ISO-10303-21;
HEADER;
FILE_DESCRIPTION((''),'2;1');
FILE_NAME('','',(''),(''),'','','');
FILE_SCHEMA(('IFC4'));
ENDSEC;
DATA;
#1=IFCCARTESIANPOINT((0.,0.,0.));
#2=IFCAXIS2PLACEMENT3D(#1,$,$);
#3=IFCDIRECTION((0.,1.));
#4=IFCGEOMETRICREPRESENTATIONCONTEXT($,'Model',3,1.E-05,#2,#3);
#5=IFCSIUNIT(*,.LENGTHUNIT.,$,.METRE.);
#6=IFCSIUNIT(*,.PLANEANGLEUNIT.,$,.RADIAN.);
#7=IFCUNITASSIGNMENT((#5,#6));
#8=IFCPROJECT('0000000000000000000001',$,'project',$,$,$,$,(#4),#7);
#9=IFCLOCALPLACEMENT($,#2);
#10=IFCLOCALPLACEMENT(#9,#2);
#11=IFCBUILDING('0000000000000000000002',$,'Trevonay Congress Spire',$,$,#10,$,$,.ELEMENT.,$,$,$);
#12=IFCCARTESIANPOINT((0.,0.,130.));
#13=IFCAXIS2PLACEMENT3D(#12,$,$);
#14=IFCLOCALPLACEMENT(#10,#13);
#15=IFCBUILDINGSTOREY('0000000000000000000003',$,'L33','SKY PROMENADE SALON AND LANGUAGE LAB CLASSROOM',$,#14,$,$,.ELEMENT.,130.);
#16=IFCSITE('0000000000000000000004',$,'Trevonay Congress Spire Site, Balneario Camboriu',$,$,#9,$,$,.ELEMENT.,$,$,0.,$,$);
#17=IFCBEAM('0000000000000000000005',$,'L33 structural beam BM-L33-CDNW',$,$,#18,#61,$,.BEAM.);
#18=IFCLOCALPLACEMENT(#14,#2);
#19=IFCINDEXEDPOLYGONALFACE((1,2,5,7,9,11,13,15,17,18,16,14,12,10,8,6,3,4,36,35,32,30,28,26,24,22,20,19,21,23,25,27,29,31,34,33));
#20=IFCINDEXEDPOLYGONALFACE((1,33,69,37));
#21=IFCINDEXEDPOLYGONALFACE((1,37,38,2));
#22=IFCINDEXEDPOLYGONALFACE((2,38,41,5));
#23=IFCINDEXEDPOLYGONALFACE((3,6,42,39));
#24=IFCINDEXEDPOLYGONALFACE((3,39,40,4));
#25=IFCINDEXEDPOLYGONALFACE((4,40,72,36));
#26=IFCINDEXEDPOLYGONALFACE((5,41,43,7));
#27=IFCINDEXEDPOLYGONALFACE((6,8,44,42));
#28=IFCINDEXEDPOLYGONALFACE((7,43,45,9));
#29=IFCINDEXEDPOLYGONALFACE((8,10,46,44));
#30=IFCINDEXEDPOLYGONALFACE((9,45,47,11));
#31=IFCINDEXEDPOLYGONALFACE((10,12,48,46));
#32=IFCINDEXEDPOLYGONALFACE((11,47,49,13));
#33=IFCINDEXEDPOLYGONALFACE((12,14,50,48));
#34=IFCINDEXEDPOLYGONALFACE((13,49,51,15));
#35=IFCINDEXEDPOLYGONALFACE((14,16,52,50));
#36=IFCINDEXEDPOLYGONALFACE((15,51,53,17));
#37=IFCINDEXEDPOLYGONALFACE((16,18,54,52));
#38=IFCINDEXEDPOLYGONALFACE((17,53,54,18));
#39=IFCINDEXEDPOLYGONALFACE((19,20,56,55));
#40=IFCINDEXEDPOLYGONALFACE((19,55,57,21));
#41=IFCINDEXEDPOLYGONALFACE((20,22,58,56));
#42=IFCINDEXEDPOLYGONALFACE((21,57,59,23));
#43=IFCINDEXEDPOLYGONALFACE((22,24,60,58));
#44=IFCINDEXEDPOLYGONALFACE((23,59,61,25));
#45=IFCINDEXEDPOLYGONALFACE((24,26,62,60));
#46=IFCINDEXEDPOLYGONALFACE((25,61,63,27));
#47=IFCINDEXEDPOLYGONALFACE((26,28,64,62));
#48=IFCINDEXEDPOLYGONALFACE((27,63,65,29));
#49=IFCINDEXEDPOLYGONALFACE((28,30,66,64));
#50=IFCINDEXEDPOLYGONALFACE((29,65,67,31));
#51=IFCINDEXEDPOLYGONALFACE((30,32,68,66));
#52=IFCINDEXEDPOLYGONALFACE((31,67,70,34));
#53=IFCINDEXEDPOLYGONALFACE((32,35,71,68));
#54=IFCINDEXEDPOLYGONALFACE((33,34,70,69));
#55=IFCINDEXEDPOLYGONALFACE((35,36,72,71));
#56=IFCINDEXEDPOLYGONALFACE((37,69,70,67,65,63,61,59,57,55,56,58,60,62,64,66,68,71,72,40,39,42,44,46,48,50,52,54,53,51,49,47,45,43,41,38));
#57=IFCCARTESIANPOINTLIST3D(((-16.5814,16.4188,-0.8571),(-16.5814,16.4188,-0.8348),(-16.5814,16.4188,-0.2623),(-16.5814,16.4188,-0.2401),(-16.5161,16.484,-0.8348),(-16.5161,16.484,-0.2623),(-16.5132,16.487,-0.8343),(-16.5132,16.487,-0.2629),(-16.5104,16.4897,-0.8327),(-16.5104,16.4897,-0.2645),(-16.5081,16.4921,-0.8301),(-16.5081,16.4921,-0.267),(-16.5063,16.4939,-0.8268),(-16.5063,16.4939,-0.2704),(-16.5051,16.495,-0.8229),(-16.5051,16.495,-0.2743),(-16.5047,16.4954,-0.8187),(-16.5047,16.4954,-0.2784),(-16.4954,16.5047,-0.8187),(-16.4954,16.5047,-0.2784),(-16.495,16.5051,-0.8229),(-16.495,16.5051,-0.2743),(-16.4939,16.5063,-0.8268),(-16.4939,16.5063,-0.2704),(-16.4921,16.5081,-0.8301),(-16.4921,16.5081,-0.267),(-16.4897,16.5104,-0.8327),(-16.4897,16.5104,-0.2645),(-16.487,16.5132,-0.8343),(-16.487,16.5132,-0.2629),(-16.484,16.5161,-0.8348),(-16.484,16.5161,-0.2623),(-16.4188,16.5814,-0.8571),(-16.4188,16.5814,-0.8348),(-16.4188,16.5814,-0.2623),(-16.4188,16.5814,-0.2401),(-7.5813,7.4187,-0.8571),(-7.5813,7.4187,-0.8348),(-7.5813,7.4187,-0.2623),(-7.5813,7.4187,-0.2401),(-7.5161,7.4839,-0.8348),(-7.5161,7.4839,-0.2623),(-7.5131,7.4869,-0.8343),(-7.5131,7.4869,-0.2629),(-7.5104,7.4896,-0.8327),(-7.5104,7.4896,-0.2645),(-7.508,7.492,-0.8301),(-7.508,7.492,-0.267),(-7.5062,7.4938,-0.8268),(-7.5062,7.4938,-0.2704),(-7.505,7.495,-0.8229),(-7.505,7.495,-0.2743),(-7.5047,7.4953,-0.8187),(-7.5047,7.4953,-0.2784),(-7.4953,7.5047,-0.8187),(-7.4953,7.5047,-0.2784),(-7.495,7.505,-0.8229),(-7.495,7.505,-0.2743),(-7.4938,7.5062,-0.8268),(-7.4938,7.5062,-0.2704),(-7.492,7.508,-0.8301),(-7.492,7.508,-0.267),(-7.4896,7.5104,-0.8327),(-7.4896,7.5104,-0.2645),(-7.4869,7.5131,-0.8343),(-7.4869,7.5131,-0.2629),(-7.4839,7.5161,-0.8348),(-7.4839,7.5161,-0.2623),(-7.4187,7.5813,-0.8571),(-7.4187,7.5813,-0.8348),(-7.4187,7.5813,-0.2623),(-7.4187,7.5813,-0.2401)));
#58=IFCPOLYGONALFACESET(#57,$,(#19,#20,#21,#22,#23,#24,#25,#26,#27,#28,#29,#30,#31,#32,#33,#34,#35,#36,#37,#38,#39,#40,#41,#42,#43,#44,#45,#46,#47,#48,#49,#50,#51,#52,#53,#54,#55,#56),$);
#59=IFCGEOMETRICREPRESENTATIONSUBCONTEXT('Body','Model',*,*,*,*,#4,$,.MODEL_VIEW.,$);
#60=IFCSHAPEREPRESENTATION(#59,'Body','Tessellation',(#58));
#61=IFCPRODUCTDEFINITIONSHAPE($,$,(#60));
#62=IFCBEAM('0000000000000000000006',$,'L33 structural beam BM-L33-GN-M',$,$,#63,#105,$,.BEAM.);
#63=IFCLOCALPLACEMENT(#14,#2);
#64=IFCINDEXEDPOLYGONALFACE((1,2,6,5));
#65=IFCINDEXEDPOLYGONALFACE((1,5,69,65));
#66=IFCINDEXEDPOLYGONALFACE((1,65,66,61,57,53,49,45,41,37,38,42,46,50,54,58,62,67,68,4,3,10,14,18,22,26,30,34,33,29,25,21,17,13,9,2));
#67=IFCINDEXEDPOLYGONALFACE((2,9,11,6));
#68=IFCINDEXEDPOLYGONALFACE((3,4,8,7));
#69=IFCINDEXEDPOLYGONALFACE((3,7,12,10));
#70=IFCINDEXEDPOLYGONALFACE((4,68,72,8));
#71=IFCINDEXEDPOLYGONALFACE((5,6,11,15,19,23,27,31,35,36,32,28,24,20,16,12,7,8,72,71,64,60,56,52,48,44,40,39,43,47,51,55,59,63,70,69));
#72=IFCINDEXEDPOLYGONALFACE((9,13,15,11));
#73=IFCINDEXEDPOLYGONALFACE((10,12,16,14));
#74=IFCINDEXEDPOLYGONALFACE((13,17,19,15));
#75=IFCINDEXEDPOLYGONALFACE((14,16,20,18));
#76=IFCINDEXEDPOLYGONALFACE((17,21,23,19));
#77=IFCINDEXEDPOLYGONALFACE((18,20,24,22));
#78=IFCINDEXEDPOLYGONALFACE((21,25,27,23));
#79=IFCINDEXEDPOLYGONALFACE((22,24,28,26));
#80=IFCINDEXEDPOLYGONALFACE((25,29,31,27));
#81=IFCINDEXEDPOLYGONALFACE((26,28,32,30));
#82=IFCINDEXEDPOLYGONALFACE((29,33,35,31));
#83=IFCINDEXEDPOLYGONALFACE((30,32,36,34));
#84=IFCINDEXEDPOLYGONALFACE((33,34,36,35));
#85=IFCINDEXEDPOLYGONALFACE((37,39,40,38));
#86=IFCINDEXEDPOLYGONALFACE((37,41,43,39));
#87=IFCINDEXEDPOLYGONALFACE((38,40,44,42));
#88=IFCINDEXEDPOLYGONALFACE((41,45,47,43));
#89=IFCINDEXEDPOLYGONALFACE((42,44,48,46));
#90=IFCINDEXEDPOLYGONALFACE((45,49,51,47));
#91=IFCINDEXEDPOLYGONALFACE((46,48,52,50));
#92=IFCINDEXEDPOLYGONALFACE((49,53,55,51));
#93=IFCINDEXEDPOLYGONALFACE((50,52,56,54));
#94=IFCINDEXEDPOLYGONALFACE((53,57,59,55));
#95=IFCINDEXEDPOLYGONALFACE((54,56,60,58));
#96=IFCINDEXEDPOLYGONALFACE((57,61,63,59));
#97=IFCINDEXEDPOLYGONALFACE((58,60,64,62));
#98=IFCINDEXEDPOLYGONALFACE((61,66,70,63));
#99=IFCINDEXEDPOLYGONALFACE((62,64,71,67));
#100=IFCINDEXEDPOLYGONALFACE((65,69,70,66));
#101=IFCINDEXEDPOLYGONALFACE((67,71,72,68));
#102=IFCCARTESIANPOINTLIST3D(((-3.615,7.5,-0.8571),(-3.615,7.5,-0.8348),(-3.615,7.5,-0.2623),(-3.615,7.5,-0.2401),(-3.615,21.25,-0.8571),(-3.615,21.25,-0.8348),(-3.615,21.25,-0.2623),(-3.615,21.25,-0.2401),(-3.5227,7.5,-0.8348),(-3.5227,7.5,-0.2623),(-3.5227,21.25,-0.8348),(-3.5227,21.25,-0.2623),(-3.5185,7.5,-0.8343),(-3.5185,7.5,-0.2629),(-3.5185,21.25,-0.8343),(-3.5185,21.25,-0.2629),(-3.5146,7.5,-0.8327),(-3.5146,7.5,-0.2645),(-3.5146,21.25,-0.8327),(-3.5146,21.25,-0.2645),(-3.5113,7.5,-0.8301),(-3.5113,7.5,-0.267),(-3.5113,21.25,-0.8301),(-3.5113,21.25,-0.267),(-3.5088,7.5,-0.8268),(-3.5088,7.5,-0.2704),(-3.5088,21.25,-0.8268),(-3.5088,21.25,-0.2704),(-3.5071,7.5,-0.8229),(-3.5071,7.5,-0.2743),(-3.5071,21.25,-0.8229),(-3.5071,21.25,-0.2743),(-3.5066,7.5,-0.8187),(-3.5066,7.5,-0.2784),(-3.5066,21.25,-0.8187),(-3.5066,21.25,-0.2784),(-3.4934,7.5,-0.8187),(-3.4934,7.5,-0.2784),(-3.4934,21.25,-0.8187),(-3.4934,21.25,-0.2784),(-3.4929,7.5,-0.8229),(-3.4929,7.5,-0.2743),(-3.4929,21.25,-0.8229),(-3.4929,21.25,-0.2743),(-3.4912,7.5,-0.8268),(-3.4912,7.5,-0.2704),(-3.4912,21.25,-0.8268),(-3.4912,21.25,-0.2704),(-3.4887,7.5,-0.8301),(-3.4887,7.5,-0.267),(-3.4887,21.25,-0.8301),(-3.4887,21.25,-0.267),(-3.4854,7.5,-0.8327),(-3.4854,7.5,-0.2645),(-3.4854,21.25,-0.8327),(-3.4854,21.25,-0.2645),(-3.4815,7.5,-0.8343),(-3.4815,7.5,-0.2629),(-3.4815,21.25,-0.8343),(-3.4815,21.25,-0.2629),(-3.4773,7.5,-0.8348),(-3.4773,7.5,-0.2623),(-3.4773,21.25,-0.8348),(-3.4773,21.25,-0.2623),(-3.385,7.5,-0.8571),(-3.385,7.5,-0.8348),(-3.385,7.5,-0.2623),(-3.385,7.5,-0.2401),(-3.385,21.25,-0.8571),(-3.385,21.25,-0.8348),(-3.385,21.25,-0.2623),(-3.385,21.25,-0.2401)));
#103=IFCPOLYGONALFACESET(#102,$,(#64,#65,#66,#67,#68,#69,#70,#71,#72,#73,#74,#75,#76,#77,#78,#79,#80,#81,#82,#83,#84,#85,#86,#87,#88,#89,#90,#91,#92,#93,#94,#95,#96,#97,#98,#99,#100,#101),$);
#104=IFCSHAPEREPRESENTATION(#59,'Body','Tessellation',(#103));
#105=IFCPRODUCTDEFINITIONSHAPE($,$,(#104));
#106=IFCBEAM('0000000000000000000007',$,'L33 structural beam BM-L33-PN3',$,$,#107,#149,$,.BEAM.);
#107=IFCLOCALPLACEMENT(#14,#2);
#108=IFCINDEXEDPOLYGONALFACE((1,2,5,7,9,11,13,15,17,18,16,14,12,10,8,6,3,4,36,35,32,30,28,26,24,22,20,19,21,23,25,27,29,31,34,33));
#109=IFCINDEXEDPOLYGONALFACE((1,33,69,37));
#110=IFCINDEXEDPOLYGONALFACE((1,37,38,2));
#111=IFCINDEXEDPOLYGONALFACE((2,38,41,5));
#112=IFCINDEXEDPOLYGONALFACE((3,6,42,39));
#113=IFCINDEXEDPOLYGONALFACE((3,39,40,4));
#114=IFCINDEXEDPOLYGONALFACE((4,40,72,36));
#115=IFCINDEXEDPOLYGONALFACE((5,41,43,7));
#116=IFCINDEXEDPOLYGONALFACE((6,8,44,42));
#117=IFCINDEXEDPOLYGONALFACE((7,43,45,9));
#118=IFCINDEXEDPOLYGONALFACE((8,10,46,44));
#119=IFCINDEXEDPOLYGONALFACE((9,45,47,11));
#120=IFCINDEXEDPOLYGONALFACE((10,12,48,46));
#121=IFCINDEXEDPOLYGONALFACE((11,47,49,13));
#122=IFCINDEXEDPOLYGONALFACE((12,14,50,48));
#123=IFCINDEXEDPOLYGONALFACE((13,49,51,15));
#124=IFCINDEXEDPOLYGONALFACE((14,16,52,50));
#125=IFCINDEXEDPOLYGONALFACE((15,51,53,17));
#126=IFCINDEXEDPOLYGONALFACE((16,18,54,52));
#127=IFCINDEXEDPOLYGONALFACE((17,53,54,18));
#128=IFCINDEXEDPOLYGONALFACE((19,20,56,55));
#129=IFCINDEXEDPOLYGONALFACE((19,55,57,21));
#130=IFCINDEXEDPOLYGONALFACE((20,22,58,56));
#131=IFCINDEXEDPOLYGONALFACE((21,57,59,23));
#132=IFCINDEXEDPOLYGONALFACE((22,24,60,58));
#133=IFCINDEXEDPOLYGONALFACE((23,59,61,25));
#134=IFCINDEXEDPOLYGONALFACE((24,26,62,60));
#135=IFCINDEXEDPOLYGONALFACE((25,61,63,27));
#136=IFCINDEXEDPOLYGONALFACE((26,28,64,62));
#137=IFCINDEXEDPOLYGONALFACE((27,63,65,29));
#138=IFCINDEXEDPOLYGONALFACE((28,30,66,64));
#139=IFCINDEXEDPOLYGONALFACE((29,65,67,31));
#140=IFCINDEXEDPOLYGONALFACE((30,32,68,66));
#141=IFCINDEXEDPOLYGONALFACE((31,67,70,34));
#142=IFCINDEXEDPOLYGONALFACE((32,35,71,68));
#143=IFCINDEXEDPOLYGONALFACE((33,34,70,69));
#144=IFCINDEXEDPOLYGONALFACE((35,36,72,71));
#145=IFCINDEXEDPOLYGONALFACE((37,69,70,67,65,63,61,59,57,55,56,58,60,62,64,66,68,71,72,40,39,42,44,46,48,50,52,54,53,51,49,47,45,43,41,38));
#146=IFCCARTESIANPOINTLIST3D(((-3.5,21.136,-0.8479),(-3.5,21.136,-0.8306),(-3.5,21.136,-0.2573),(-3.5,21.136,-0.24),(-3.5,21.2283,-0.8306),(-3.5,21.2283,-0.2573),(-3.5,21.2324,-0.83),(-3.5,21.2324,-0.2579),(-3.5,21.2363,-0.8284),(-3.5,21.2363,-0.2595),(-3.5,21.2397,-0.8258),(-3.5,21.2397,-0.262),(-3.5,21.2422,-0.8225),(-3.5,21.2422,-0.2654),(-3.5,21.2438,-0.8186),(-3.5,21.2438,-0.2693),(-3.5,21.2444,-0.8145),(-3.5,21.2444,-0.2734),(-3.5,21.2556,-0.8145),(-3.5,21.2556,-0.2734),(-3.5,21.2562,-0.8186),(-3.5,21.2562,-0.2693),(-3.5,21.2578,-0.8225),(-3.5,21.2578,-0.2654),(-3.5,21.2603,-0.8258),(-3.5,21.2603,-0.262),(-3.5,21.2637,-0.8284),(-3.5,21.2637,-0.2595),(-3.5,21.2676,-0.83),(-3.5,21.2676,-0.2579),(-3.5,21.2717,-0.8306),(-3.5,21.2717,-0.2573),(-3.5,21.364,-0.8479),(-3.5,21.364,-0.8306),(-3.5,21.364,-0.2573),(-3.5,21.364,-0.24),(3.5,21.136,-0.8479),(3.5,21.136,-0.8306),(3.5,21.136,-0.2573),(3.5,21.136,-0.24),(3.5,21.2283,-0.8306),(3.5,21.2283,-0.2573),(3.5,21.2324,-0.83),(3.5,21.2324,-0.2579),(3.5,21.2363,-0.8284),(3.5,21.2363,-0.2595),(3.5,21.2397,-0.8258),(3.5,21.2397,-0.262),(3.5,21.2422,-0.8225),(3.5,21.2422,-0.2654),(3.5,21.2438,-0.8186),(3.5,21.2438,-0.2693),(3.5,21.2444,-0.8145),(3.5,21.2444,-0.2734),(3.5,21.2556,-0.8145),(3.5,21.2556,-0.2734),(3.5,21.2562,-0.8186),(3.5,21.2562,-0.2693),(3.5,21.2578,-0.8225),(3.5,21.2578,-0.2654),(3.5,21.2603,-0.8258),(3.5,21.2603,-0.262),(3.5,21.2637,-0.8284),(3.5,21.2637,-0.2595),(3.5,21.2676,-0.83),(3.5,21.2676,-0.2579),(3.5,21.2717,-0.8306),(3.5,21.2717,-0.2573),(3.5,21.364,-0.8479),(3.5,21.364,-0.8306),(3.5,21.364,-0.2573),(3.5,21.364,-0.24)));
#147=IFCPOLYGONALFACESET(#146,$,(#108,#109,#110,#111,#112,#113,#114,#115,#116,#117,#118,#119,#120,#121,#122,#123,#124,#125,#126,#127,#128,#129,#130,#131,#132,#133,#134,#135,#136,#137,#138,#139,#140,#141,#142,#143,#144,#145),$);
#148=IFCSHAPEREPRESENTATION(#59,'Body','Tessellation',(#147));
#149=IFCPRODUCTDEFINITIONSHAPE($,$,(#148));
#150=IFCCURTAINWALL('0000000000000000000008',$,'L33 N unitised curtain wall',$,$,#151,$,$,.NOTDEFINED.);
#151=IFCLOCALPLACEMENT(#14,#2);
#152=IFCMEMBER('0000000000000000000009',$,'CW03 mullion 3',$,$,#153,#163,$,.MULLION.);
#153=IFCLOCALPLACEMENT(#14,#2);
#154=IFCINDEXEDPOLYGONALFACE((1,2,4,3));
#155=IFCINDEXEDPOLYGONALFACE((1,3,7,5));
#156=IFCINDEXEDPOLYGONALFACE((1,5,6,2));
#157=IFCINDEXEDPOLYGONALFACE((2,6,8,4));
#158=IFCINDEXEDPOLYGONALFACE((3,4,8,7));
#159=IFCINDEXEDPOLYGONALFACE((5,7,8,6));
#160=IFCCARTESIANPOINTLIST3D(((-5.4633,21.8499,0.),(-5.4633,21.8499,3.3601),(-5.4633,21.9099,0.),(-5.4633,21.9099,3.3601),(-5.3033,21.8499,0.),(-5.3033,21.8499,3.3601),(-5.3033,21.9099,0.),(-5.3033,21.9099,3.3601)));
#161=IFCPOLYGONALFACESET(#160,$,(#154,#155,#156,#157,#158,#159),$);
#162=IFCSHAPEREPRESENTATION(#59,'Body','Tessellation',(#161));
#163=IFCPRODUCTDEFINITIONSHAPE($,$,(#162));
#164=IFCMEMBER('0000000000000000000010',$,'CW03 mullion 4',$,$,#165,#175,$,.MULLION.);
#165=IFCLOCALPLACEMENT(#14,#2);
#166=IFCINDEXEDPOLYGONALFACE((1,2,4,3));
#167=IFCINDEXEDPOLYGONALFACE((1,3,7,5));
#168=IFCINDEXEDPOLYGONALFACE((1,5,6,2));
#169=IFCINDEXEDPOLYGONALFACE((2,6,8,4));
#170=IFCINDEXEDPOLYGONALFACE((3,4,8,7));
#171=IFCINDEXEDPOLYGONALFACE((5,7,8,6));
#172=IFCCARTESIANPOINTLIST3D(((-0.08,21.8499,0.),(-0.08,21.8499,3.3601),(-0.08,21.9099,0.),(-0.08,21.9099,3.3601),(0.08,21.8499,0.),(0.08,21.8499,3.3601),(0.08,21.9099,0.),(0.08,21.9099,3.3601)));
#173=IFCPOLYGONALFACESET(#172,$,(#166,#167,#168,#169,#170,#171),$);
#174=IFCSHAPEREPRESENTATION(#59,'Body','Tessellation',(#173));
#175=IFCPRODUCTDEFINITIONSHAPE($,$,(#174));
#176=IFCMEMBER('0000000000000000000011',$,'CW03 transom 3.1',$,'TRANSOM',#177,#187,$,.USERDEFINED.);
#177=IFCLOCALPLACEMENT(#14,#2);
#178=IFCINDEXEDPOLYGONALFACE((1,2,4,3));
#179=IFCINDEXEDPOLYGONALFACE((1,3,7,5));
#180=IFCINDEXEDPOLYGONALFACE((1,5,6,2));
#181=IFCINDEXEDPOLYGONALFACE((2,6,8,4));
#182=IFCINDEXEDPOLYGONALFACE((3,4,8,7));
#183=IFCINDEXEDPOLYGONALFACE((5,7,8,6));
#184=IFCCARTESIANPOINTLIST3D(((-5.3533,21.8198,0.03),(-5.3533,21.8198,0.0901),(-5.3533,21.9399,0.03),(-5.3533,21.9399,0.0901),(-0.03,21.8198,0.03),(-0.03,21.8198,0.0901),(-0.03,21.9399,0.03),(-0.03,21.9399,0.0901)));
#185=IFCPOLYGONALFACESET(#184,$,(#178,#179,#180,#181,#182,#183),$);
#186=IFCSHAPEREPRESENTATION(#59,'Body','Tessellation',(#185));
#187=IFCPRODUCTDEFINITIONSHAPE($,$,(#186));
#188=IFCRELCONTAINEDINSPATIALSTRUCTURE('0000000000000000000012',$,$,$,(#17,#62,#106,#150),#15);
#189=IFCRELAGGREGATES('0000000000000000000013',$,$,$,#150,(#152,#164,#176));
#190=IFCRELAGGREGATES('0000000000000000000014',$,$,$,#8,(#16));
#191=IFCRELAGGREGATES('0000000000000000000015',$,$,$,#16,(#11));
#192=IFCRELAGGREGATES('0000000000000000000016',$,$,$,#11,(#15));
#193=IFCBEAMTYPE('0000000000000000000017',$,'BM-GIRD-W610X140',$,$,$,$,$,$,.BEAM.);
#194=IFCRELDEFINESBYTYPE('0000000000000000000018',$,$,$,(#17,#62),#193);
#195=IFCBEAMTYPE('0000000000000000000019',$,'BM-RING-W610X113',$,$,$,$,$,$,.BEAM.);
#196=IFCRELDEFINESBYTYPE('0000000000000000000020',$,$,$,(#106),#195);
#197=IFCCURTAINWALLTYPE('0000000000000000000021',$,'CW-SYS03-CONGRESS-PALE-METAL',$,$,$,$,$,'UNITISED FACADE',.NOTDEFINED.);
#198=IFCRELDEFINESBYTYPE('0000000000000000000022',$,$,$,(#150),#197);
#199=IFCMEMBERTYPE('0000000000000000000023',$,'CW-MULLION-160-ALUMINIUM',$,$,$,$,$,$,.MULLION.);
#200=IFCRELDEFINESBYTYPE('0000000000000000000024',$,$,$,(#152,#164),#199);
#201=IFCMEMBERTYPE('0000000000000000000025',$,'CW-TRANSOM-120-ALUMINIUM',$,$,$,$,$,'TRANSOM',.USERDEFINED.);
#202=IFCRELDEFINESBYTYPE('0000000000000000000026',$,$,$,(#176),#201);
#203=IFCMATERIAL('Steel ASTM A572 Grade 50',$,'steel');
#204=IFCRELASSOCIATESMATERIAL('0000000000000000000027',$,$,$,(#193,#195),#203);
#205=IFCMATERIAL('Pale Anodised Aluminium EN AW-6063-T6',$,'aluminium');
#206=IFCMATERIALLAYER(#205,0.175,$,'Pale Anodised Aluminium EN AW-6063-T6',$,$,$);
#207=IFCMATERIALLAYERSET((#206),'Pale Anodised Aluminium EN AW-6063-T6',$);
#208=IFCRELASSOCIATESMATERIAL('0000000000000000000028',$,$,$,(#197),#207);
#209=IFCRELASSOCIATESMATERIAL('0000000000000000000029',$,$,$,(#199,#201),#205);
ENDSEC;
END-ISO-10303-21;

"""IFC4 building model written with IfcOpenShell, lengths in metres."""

from ifc_helpers import new_model, si_unit, direction, frame, origin, origin_2d, place, context, subcontext, project, spatial, rectangle, i_section, extrude, material, layer, layer_set, material_profile, profile_set, type_object, element, aggregate, save


model = new_model("IFC4")

# Units and contexts
model_context = context("Model", 3, precision=1e-05, world=origin(), true_north=direction((0.0, 1.0)))
body_context = subcontext(model_context, "Body", "Model", "MODEL_VIEW")
ifc_project = project(units=[si_unit("LENGTHUNIT", "METRE"), si_unit("PLANEANGLEUNIT", "RADIAN")], contexts=[model_context])

# Site, building, storey
site_placement = place(None, origin())
site = spatial("IfcSite", under=ifc_project, at=site_placement, Name="Trevonay Congress Spire Site, Balneario Camboriu", CompositionType="ELEMENT", RefElevation=0.0)
building_placement = place(site_placement, origin())
building = spatial("IfcBuilding", under=site, at=building_placement, Name="Trevonay Congress Spire", CompositionType="ELEMENT")
storey_placement = place(building_placement, frame((0.0, 0.0, 130.0)))
storey = spatial("IfcBuildingStorey", under=building, at=storey_placement, Name="L33", Description="SKY PROMENADE SALON AND LANGUAGE LAB CLASSROOM", CompositionType="ELEMENT", Elevation=130.0)

# Shared definitions
ifc_material_1 = material(Name="Steel ASTM A572 Grade 50", Category="steel")

# Beams
ifc_material_profile_1 = material_profile(ifc_material_1, i_section(OverallWidth=0.23, OverallDepth=0.6169, WebThickness=0.0132, FlangeThickness=0.0222, FilletRadius=0.0161, at=origin_2d()), Name="W610x140")
ifc_profile_set_1 = profile_set([ifc_material_profile_1], Name="Steel ASTM A572 Grade 50")
beam_type_1 = type_object("IfcBeamType", Name="BM-GIRD-W610X140", PredefinedType="BEAM", material=ifc_profile_set_1)
beam_1_placement = place(storey_placement, frame((-7.5, 7.5, -0.5486), z_axis=(-0.707107, 0.707107, 0.0), x_axis=(-0.707107, -0.707107, 0.0)))
element("IfcBeam", 1, at=beam_1_placement, inside=storey, type_object=beam_type_1, Name="L33 structural beam BM-L33-CDNW", PredefinedType="BEAM", context=body_context, shape_type="SweptSolid", body=[
    extrude(i_section(OverallWidth=0.23, OverallDepth=0.6169, WebThickness=0.0132, FlangeThickness=0.0222, FilletRadius=0.0161, at=origin_2d()), origin(), (0.0, 0.0, 1.0), 12.728),
])
beam_2_placement = place(storey_placement, frame((-3.5, 7.5, -0.5486), z_axis=(0.0, 1.0, 0.0), x_axis=(-1.0, 0.0, 0.0)))
element("IfcBeam", 2, at=beam_2_placement, inside=storey, type_object=beam_type_1, Name="L33 structural beam BM-L33-GN-M", PredefinedType="BEAM", context=body_context, shape_type="SweptSolid", body=[
    extrude(i_section(OverallWidth=0.23, OverallDepth=0.6169, WebThickness=0.0132, FlangeThickness=0.0222, FilletRadius=0.0161, at=origin_2d()), origin(), (0.0, 0.0, 1.0), 13.75),
])
ifc_material_profile_2 = material_profile(ifc_material_1, i_section(OverallWidth=0.228, OverallDepth=0.6079, WebThickness=0.0112, FlangeThickness=0.0173, FilletRadius=0.0161, at=origin_2d()), Name="W610x113")
ifc_profile_set_2 = profile_set([ifc_material_profile_2], Name="Steel ASTM A572 Grade 50")
beam_type_2 = type_object("IfcBeamType", Name="BM-RING-W610X113", PredefinedType="BEAM", material=ifc_profile_set_2)
beam_3_placement = place(storey_placement, frame((-3.5, 21.25, -0.5439), z_axis=(1.0, 0.0, 0.0), x_axis=(0.0, 1.0, 0.0)))
element("IfcBeam", 3, at=beam_3_placement, inside=storey, type_object=beam_type_2, Name="L33 structural beam BM-L33-PN3", PredefinedType="BEAM", context=body_context, shape_type="SweptSolid", body=[
    extrude(i_section(OverallWidth=0.228, OverallDepth=0.6079, WebThickness=0.0112, FlangeThickness=0.0173, FilletRadius=0.0161, at=origin_2d()), origin(), (0.0, 0.0, 1.0), 7.0),
])

# Curtain wall, members
ifc_material_2 = material(Name="Pale Anodised Aluminium EN AW-6063-T6", Category="aluminium")
ifc_layer_1 = layer(ifc_material_2, 0.175, Name="Pale Anodised Aluminium EN AW-6063-T6")
ifc_layer_set_1 = layer_set([ifc_layer_1], Name="Pale Anodised Aluminium EN AW-6063-T6")
curtain_wall_type = type_object("IfcCurtainWallType", Name="CW-SYS03-CONGRESS-PALE-METAL", ElementType="UNITISED FACADE", PredefinedType="NOTDEFINED", material=ifc_layer_set_1)
curtain_wall_placement = place(storey_placement, origin())
curtain_wall = element("IfcCurtainWall", 4, at=curtain_wall_placement, inside=storey, type_object=curtain_wall_type, Name="L33 N unitised curtain wall", PredefinedType="NOTDEFINED")
ifc_material_profile_3 = material_profile(ifc_material_2, rectangle(XDim=0.0601, YDim=0.1599, at=origin_2d()), Name="CW-MULLION-160-ALUMINIUM")
ifc_profile_set_3 = profile_set([ifc_material_profile_3], Name="Pale Anodised Aluminium EN AW-6063-T6")
member_type_1 = type_object("IfcMemberType", Name="CW-MULLION-160-ALUMINIUM", PredefinedType="MULLION", material=ifc_profile_set_3)
member_1_placement = place(storey_placement, frame((-5.3833, 21.8799, 0.0), z_axis=(0.0, 0.0, 1.0), x_axis=(0.0, 1.0, 0.0)))
member_1 = element("IfcMember", 5, at=member_1_placement, type_object=member_type_1, Name="CW03 mullion 3", PredefinedType="MULLION", context=body_context, shape_type="SweptSolid", body=[
    extrude(rectangle(XDim=0.0601, YDim=0.1599, at=origin_2d()), origin(), (0.0, 0.0, 1.0), 3.3601),
])
member_2_placement = place(storey_placement, frame((0.0, 21.8799, 0.0), z_axis=(0.0, 0.0, 1.0), x_axis=(0.0, 1.0, 0.0)))
member_2 = element("IfcMember", 6, at=member_2_placement, type_object=member_type_1, Name="CW03 mullion 4", PredefinedType="MULLION", context=body_context, shape_type="SweptSolid", body=[
    extrude(rectangle(XDim=0.0601, YDim=0.1599, at=origin_2d()), origin(), (0.0, 0.0, 1.0), 3.3601),
])
ifc_material_profile_4 = material_profile(ifc_material_2, rectangle(XDim=0.1201, YDim=0.0601, at=origin_2d()), Name="CW-TRANSOM-120-ALUMINIUM")
ifc_profile_set_4 = profile_set([ifc_material_profile_4], Name="Pale Anodised Aluminium EN AW-6063-T6")
member_type_2 = type_object("IfcMemberType", Name="CW-TRANSOM-120-ALUMINIUM", ElementType="TRANSOM", PredefinedType="USERDEFINED", material=ifc_profile_set_4)
member_3_placement = place(storey_placement, frame((-5.3533, 21.8799, 0.0601), z_axis=(1.0, 0.0, 0.0), x_axis=(0.0, 1.0, 0.0)))
member_3 = element("IfcMember", 7, at=member_3_placement, type_object=member_type_2, Name="CW03 transom 3.1", ObjectType="TRANSOM", PredefinedType="USERDEFINED", context=body_context, shape_type="SweptSolid", body=[
    extrude(rectangle(XDim=0.1201, YDim=0.0601, at=origin_2d()), origin(), (0.0, 0.0, 1.0), 5.3232),
])
aggregate(curtain_wall, [member_1, member_2, member_3])

save(model, "model.ifc")
